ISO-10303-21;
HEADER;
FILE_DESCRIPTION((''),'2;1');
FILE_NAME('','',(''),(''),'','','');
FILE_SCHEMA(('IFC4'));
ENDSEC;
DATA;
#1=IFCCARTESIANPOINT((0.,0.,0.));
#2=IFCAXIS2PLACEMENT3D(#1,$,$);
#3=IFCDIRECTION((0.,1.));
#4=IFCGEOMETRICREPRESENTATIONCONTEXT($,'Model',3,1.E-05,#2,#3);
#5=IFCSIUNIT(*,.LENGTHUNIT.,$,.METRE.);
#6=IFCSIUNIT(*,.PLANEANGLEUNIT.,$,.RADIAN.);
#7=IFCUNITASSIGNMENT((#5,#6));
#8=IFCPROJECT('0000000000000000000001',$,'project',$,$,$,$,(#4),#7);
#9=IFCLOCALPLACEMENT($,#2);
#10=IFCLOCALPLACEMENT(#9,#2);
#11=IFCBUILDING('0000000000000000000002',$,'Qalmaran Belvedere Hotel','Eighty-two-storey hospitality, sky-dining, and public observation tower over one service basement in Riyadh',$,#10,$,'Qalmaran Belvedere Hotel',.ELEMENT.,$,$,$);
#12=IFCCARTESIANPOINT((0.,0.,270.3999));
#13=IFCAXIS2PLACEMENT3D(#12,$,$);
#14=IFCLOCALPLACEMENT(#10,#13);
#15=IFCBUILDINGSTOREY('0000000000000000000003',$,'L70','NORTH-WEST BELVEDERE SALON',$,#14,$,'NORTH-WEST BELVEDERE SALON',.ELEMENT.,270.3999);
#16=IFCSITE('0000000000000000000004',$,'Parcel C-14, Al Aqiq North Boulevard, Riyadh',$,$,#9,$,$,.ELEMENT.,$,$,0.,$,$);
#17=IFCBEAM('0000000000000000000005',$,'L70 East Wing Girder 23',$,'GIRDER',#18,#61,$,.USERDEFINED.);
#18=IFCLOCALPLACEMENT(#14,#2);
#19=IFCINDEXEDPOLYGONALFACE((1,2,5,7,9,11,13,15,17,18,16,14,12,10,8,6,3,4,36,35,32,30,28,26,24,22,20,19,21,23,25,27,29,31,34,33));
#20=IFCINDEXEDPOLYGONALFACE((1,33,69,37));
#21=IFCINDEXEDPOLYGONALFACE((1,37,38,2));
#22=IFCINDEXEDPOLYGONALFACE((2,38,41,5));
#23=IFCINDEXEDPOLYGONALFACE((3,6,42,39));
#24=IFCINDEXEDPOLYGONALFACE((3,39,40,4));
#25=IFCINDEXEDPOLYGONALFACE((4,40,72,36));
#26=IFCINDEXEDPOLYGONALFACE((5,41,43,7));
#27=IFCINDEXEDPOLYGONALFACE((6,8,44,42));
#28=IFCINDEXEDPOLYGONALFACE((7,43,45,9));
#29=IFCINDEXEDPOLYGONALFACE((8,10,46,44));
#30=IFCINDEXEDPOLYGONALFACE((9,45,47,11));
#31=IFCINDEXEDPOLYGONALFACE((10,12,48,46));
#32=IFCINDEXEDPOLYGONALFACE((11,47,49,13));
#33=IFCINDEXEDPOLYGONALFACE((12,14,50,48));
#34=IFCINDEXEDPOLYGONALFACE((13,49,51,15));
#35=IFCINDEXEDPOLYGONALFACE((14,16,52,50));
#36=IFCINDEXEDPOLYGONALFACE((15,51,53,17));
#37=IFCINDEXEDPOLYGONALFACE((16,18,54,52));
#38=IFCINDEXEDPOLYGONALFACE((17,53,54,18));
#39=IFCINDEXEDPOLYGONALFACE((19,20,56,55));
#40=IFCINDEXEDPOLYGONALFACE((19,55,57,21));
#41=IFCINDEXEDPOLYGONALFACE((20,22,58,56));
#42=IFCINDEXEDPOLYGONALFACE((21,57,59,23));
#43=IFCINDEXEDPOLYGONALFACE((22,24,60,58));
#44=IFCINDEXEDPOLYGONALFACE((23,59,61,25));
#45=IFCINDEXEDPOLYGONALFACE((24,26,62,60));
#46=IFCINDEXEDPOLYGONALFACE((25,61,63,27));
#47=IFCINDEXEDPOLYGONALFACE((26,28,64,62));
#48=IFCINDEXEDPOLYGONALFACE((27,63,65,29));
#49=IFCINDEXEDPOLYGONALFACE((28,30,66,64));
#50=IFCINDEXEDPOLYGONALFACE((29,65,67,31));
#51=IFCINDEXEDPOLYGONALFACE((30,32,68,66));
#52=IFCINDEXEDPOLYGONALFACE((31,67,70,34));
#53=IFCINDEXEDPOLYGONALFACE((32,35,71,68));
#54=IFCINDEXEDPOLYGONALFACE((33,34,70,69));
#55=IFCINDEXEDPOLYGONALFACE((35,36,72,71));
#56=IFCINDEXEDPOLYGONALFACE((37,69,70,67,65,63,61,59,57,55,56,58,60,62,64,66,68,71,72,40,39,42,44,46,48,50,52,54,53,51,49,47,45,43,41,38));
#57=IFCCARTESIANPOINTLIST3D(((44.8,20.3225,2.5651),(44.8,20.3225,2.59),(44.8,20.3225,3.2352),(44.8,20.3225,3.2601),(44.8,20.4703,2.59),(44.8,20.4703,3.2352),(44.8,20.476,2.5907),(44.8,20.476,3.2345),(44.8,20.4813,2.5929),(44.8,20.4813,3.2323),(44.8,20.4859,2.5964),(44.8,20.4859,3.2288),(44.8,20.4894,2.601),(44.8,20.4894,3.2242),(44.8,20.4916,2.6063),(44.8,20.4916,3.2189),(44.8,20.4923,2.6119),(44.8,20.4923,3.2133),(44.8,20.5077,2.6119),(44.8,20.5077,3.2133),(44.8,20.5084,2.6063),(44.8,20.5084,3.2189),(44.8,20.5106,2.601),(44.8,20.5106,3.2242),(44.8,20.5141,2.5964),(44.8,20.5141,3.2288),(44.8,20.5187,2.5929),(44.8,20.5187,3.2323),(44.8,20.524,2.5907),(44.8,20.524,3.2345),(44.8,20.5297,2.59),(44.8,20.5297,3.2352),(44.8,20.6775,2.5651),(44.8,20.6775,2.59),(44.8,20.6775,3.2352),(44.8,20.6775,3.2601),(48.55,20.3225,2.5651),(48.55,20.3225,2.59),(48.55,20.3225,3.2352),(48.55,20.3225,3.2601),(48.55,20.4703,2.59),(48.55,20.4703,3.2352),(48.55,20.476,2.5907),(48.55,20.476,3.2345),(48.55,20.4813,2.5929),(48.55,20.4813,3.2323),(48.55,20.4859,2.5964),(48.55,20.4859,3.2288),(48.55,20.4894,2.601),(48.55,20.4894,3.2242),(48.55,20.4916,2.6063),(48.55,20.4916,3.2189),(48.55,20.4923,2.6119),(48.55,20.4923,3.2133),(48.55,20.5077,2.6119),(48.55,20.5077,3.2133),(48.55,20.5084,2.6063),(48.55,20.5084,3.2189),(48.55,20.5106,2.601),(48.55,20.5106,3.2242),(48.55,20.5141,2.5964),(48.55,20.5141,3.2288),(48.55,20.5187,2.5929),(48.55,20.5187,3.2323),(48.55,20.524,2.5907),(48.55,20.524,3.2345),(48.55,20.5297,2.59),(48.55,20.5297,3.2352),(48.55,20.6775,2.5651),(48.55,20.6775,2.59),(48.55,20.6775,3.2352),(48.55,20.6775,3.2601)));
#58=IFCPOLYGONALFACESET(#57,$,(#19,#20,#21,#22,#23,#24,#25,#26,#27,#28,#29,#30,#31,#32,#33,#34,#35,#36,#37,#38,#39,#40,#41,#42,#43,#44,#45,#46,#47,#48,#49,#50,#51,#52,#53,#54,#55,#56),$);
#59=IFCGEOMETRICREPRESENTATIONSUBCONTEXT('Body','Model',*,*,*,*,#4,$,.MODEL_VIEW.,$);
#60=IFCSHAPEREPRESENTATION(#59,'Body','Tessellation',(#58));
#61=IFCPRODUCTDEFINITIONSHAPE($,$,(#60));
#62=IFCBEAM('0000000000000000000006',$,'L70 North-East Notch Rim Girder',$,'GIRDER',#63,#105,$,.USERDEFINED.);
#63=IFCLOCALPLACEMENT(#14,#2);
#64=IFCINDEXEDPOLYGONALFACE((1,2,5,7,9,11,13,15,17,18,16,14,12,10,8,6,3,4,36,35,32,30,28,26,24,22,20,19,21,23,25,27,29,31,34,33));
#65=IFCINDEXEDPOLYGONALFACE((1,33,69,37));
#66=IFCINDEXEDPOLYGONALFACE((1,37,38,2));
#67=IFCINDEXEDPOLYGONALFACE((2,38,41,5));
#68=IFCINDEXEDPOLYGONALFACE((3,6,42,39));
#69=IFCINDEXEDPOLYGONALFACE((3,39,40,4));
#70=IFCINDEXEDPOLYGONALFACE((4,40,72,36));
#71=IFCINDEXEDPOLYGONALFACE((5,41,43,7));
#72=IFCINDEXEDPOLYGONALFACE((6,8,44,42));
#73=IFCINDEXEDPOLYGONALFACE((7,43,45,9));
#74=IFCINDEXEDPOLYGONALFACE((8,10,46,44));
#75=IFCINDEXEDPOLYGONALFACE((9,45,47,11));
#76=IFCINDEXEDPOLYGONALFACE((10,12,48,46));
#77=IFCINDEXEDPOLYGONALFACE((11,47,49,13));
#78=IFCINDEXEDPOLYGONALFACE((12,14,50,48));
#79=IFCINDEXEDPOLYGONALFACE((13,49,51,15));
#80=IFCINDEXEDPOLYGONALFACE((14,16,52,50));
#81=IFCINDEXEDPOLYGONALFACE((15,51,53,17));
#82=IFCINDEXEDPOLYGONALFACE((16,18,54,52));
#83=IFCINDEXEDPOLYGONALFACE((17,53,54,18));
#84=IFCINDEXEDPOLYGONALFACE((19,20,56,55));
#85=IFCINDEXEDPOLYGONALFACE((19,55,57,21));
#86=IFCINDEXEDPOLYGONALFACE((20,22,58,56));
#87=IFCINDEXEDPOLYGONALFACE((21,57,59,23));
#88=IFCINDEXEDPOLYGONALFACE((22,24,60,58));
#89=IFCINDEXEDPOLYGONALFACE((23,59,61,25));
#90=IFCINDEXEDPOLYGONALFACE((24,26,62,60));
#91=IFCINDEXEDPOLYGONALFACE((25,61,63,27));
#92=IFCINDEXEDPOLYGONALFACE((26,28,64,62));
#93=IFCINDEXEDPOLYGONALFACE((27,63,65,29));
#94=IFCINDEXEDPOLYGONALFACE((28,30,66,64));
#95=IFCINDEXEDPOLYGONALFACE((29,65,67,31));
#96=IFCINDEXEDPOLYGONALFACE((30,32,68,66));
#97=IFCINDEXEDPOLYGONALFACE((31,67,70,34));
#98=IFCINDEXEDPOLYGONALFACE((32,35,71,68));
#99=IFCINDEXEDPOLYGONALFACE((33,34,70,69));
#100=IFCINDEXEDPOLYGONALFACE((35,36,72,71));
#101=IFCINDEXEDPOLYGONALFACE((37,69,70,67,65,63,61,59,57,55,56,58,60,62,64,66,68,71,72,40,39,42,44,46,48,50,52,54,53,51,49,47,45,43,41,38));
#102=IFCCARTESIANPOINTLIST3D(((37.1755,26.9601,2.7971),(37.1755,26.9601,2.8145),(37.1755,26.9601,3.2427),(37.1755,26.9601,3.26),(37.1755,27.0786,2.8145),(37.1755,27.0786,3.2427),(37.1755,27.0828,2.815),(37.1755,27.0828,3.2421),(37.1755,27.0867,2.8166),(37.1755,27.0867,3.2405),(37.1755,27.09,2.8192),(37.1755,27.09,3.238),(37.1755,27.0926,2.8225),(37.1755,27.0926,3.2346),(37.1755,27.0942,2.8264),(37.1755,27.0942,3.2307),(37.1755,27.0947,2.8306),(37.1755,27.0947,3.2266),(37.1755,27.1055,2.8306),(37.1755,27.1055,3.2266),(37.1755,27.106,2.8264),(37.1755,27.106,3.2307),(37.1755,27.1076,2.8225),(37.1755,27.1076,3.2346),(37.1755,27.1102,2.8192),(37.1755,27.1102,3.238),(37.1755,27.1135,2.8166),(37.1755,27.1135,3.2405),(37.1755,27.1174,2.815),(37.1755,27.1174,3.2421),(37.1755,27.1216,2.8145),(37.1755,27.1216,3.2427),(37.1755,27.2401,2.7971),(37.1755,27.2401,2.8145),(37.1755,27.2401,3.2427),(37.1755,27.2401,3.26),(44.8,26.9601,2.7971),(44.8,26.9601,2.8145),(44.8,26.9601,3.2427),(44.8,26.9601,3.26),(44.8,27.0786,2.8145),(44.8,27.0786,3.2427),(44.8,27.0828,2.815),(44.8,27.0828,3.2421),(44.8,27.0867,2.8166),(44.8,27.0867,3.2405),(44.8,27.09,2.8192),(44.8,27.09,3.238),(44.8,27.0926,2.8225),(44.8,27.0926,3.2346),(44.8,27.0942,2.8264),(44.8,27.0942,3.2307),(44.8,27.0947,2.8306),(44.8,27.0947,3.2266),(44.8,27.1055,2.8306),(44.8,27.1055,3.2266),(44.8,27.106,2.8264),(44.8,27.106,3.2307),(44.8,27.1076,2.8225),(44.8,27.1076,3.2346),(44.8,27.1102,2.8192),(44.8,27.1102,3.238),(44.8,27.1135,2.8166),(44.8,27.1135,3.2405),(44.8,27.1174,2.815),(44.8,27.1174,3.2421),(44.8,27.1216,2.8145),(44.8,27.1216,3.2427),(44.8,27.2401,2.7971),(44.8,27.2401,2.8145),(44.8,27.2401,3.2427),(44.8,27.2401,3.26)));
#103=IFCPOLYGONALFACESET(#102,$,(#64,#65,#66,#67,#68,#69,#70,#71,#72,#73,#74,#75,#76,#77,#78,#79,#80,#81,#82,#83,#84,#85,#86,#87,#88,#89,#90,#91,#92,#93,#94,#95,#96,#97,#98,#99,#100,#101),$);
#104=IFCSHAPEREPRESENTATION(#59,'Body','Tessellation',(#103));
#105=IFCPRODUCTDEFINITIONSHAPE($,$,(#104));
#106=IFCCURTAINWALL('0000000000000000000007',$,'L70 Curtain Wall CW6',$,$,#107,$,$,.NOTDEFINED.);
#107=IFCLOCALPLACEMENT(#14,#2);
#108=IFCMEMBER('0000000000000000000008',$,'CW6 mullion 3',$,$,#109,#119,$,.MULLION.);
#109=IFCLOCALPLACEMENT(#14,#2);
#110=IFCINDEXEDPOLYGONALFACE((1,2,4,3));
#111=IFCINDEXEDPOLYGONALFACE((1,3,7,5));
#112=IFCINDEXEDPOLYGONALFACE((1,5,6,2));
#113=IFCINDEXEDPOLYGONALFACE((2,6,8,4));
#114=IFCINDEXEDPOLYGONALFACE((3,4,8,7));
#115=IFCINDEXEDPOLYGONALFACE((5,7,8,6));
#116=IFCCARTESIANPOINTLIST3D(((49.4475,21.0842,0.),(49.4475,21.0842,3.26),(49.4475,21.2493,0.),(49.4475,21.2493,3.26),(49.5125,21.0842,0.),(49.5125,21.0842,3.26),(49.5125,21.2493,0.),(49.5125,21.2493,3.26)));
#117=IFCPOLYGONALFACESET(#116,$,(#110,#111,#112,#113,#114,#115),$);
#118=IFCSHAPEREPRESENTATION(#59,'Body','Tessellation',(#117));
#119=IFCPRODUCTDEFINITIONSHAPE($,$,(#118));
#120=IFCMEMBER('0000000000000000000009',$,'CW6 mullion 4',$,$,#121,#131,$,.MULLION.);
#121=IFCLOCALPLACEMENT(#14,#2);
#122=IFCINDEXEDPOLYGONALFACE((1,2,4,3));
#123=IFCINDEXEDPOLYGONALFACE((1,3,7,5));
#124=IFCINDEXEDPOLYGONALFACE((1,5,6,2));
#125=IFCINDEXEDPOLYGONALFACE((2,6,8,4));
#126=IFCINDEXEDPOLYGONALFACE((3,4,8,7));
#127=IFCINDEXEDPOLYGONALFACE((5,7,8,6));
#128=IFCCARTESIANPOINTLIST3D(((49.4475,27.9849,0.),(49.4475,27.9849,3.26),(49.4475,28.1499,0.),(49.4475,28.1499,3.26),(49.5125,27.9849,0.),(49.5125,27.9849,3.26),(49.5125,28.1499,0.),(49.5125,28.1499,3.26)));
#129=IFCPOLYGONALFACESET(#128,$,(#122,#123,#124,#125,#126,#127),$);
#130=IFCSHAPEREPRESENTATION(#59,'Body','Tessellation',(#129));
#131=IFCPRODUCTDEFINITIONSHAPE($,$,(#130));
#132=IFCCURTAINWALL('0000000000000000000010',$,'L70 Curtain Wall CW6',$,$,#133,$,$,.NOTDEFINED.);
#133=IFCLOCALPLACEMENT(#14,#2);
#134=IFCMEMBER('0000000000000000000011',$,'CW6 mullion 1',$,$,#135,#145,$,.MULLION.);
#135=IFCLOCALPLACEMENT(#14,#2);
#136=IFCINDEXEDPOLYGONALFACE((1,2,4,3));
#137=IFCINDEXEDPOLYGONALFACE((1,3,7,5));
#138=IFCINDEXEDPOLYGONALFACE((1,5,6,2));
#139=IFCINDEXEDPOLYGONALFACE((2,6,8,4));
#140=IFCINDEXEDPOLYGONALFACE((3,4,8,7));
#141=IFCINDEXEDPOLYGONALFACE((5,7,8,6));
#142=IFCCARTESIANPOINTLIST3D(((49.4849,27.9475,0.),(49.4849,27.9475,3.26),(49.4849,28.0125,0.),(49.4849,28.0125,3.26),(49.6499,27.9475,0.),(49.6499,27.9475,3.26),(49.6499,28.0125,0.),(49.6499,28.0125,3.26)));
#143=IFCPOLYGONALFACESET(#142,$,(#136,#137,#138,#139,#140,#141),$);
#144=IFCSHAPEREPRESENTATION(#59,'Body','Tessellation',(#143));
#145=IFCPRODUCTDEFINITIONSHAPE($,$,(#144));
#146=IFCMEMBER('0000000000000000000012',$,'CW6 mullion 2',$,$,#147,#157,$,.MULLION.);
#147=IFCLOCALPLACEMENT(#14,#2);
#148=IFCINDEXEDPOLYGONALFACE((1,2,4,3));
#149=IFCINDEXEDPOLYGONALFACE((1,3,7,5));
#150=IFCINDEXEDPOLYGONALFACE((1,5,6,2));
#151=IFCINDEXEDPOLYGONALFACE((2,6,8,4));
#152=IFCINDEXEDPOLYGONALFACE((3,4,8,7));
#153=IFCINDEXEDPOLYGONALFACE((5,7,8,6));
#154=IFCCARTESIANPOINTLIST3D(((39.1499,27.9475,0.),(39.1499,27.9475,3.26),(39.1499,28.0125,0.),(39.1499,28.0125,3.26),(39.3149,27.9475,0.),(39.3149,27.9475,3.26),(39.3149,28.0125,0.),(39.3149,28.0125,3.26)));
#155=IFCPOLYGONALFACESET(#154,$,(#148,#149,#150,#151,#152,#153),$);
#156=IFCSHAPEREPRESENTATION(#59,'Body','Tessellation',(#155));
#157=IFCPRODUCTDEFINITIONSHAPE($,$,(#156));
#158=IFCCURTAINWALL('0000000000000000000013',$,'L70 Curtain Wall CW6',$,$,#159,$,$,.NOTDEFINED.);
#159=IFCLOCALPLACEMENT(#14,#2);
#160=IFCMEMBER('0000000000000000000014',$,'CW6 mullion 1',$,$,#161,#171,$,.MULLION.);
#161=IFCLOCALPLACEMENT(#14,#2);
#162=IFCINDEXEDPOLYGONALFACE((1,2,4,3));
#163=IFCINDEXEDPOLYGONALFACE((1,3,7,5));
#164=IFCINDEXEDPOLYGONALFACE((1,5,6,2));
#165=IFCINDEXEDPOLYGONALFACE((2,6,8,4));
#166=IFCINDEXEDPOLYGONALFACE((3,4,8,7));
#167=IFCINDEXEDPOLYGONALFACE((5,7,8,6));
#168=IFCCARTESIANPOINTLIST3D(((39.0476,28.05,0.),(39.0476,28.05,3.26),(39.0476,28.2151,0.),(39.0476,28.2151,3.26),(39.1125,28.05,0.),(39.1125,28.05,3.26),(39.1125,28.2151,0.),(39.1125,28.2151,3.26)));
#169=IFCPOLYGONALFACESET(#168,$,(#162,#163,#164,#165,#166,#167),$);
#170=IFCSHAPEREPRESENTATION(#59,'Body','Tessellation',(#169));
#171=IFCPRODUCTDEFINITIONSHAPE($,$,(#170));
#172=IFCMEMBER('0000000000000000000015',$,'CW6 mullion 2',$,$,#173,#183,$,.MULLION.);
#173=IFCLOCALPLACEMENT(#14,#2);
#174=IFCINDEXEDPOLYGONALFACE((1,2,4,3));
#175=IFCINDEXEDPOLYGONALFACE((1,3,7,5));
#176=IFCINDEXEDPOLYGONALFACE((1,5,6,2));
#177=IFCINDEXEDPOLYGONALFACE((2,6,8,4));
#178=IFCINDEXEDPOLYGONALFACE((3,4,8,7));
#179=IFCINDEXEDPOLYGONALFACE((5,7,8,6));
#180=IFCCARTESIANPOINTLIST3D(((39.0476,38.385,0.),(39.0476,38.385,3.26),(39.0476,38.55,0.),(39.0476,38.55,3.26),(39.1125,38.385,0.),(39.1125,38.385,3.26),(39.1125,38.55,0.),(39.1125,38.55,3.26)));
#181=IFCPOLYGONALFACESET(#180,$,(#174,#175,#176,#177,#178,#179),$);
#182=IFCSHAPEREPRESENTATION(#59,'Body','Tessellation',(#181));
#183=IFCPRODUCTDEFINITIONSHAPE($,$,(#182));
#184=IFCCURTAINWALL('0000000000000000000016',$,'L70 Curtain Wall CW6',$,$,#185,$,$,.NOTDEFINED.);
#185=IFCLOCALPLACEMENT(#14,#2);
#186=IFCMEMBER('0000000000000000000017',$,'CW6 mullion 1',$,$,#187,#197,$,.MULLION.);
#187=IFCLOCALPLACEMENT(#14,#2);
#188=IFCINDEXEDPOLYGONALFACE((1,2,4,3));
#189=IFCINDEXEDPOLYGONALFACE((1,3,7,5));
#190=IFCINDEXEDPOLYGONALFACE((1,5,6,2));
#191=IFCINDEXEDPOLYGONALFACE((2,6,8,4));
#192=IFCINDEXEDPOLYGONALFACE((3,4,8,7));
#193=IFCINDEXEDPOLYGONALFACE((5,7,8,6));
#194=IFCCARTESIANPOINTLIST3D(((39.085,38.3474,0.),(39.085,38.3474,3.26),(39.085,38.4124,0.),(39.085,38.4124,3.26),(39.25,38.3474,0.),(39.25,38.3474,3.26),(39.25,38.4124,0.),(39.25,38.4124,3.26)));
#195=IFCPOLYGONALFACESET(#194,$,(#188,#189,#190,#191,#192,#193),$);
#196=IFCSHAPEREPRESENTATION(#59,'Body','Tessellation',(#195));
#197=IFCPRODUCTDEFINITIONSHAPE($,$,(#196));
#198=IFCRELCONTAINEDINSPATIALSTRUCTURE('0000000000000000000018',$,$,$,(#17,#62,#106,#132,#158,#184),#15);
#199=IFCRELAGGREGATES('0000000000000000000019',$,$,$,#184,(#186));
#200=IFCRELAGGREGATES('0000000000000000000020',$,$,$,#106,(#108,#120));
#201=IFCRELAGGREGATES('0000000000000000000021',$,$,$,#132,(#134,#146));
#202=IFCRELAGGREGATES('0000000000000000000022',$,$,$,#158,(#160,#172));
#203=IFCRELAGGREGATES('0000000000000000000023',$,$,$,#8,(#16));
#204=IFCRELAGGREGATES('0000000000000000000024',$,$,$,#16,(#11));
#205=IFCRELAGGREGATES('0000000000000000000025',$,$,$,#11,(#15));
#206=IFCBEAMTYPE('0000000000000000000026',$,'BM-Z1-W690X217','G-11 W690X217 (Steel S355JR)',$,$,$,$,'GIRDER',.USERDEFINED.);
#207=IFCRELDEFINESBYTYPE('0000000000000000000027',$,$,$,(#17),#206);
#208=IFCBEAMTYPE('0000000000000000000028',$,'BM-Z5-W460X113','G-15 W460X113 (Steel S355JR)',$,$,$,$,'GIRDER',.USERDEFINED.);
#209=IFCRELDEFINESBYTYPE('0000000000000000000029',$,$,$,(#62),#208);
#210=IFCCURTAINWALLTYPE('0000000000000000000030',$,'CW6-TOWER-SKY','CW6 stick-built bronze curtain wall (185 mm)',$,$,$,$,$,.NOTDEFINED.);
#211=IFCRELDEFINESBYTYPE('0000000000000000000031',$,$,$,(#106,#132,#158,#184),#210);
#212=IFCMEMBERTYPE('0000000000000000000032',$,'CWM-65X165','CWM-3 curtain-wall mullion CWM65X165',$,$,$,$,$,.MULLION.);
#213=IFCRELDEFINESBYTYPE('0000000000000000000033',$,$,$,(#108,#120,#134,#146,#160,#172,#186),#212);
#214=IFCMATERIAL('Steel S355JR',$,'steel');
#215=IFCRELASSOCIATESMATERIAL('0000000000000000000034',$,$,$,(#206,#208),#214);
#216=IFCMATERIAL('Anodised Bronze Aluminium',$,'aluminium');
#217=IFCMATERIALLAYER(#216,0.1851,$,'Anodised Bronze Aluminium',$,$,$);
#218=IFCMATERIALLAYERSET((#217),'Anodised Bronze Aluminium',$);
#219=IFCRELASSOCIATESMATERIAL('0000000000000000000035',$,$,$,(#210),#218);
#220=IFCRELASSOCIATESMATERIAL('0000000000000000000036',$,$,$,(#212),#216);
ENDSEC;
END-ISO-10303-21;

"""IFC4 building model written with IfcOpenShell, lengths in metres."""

from ifc_helpers import new_model, si_unit, direction, frame, origin, origin_2d, place, context, subcontext, project, spatial, rectangle, i_section, extrude, material, layer, layer_set, material_profile, profile_set, type_object, element, aggregate, save


model = new_model("IFC4")

# Units and contexts
model_context = context("Model", 3, precision=1e-05, world=origin(), true_north=direction((0.0, 1.0)))
body_context = subcontext(model_context, "Body", "Model", "MODEL_VIEW")
ifc_project = project(units=[si_unit("LENGTHUNIT", "METRE"), si_unit("PLANEANGLEUNIT", "RADIAN")], contexts=[model_context])

# Site, building, storey
site_placement = place(None, origin())
site = spatial("IfcSite", under=ifc_project, at=site_placement, Name="Parcel C-14, Al Aqiq North Boulevard, Riyadh", CompositionType="ELEMENT", RefElevation=0.0)
building_placement = place(site_placement, origin())
building = spatial("IfcBuilding", under=site, at=building_placement, Name="Qalmaran Belvedere Hotel", Description="Eighty-two-storey hospitality, sky-dining, and public observation tower over one service basement in Riyadh", LongName="Qalmaran Belvedere Hotel", CompositionType="ELEMENT")
storey_placement = place(building_placement, frame((0.0, 0.0, 270.3999)))
storey = spatial("IfcBuildingStorey", under=building, at=storey_placement, Name="L70", Description="NORTH-WEST BELVEDERE SALON", LongName="NORTH-WEST BELVEDERE SALON", CompositionType="ELEMENT", Elevation=270.3999)

# Beams
ifc_material_1 = material(Name="Steel S355JR", Category="steel")
ifc_material_profile_1 = material_profile(ifc_material_1, i_section(OverallWidth=0.355, OverallDepth=0.6951, WebThickness=0.0154, FlangeThickness=0.0249, FilletRadius=0.022, at=origin_2d()), Name="W690X217")
ifc_profile_set_1 = profile_set([ifc_material_profile_1], Name="Steel S355JR")
beam_type_1 = type_object("IfcBeamType", Name="BM-Z1-W690X217", Description="G-11 W690X217 (Steel S355JR)", ElementType="GIRDER", PredefinedType="USERDEFINED", material=ifc_profile_set_1)
beam_1_placement = place(storey_placement, frame((44.8, 20.5, 2.9126), z_axis=(1.0, 0.0, 0.0), x_axis=(0.0, 1.0, 0.0)))
element("IfcBeam", 1, at=beam_1_placement, inside=storey, type_object=beam_type_1, Name="L70 East Wing Girder 23", ObjectType="GIRDER", PredefinedType="USERDEFINED", context=body_context, shape_type="SweptSolid", body=[
    extrude(i_section(OverallWidth=0.355, OverallDepth=0.6951, WebThickness=0.0154, FlangeThickness=0.0249, FilletRadius=0.022, at=origin_2d()), origin(), (0.0, 0.0, 1.0), 3.75),
])
ifc_material_profile_2 = material_profile(ifc_material_1, i_section(OverallWidth=0.28, OverallDepth=0.4629, WebThickness=0.0107, FlangeThickness=0.0173, FilletRadius=0.0161, at=origin_2d()), Name="W460X113")
ifc_profile_set_2 = profile_set([ifc_material_profile_2], Name="Steel S355JR")
beam_type_2 = type_object("IfcBeamType", Name="BM-Z5-W460X113", Description="G-15 W460X113 (Steel S355JR)", ElementType="GIRDER", PredefinedType="USERDEFINED", material=ifc_profile_set_2)
beam_2_placement = place(storey_placement, frame((37.1755, 27.1001, 3.0286), z_axis=(1.0, 0.0, 0.0), x_axis=(0.0, 1.0, 0.0)))
element("IfcBeam", 2, at=beam_2_placement, inside=storey, type_object=beam_type_2, Name="L70 North-East Notch Rim Girder", ObjectType="GIRDER", PredefinedType="USERDEFINED", context=body_context, shape_type="SweptSolid", body=[
    extrude(i_section(OverallWidth=0.28, OverallDepth=0.4629, WebThickness=0.0107, FlangeThickness=0.0173, FilletRadius=0.0161, at=origin_2d()), origin(), (0.0, 0.0, 1.0), 7.6245),
])

# Curtain walls, members
ifc_material_2 = material(Name="Anodised Bronze Aluminium", Category="aluminium")
ifc_layer_1 = layer(ifc_material_2, 0.1851, Name="Anodised Bronze Aluminium")
ifc_layer_set_1 = layer_set([ifc_layer_1], Name="Anodised Bronze Aluminium")
curtain_wall_type = type_object("IfcCurtainWallType", Name="CW6-TOWER-SKY", Description="CW6 stick-built bronze curtain wall (185 mm)", PredefinedType="NOTDEFINED", material=ifc_layer_set_1)
curtain_wall_1_placement = place(storey_placement, origin())
curtain_wall_1 = element("IfcCurtainWall", 3, at=curtain_wall_1_placement, inside=storey, type_object=curtain_wall_type, Name="L70 Curtain Wall CW6", PredefinedType="NOTDEFINED")
ifc_material_profile_3 = material_profile(ifc_material_2, rectangle(XDim=0.0649, YDim=0.165, at=origin_2d()), Name="CWM65X165")
ifc_profile_set_3 = profile_set([ifc_material_profile_3], Name="Anodised Bronze Aluminium")
member_type_1 = type_object("IfcMemberType", Name="CWM-65X165", Description="CWM-3 curtain-wall mullion CWM65X165", PredefinedType="MULLION", material=ifc_profile_set_3)
member_1_placement = place(storey_placement, frame((49.48, 21.1667, 0.0), z_axis=(0.0, 0.0, 1.0), x_axis=(-1.0, 0.0, 0.0)))
member_1 = element("IfcMember", 4, at=member_1_placement, type_object=member_type_1, Name="CW6 mullion 3", PredefinedType="MULLION", context=body_context, shape_type="SweptSolid", body=[
    extrude(rectangle(XDim=0.0649, YDim=0.165, at=origin_2d()), origin(), (0.0, 0.0, 1.0), 3.26),
])
member_2_placement = place(storey_placement, frame((49.48, 28.0674, 0.0), z_axis=(0.0, 0.0, 1.0), x_axis=(-1.0, 0.0, 0.0)))
member_2 = element("IfcMember", 5, at=member_2_placement, type_object=member_type_1, Name="CW6 mullion 4", PredefinedType="MULLION", context=body_context, shape_type="SweptSolid", body=[
    extrude(rectangle(XDim=0.0649, YDim=0.165, at=origin_2d()), origin(), (0.0, 0.0, 1.0), 3.26),
])
curtain_wall_2_placement = place(storey_placement, origin())
curtain_wall_2 = element("IfcCurtainWall", 6, at=curtain_wall_2_placement, inside=storey, type_object=curtain_wall_type, Name="L70 Curtain Wall CW6", PredefinedType="NOTDEFINED")
member_3_placement = place(storey_placement, frame((49.5674, 27.98, 0.0), z_axis=(0.0, 0.0, 1.0), x_axis=(0.0, -1.0, 0.0)))
member_3 = element("IfcMember", 7, at=member_3_placement, type_object=member_type_1, Name="CW6 mullion 1", PredefinedType="MULLION", context=body_context, shape_type="SweptSolid", body=[
    extrude(rectangle(XDim=0.0649, YDim=0.165, at=origin_2d()), origin(), (0.0, 0.0, 1.0), 3.26),
])
member_4_placement = place(storey_placement, frame((39.2324, 27.98, 0.0), z_axis=(0.0, 0.0, 1.0), x_axis=(0.0, -1.0, 0.0)))
member_4 = element("IfcMember", 8, at=member_4_placement, type_object=member_type_1, Name="CW6 mullion 2", PredefinedType="MULLION", context=body_context, shape_type="SweptSolid", body=[
    extrude(rectangle(XDim=0.0649, YDim=0.165, at=origin_2d()), origin(), (0.0, 0.0, 1.0), 3.26),
])
curtain_wall_3_placement = place(storey_placement, origin())
curtain_wall_3 = element("IfcCurtainWall", 9, at=curtain_wall_3_placement, inside=storey, type_object=curtain_wall_type, Name="L70 Curtain Wall CW6", PredefinedType="NOTDEFINED")
member_5_placement = place(storey_placement, frame((39.0801, 28.1326, 0.0), z_axis=(0.0, 0.0, 1.0), x_axis=(-1.0, 0.0, 0.0)))
member_5 = element("IfcMember", 10, at=member_5_placement, type_object=member_type_1, Name="CW6 mullion 1", PredefinedType="MULLION", context=body_context, shape_type="SweptSolid", body=[
    extrude(rectangle(XDim=0.0649, YDim=0.165, at=origin_2d()), origin(), (0.0, 0.0, 1.0), 3.26),
])
member_6_placement = place(storey_placement, frame((39.0801, 38.4675, 0.0), z_axis=(0.0, 0.0, 1.0), x_axis=(-1.0, 0.0, 0.0)))
member_6 = element("IfcMember", 11, at=member_6_placement, type_object=member_type_1, Name="CW6 mullion 2", PredefinedType="MULLION", context=body_context, shape_type="SweptSolid", body=[
    extrude(rectangle(XDim=0.0649, YDim=0.165, at=origin_2d()), origin(), (0.0, 0.0, 1.0), 3.26),
])

# Curtain wall, member
curtain_wall_4_placement = place(storey_placement, origin())
curtain_wall_4 = element("IfcCurtainWall", 12, at=curtain_wall_4_placement, inside=storey, type_object=curtain_wall_type, Name="L70 Curtain Wall CW6", PredefinedType="NOTDEFINED")
member_7_placement = place(storey_placement, frame((39.1675, 38.3799, 0.0), z_axis=(0.0, 0.0, 1.0), x_axis=(0.0, -1.0, 0.0)))
member_7 = element("IfcMember", 13, at=member_7_placement, type_object=member_type_1, Name="CW6 mullion 1", PredefinedType="MULLION", context=body_context, shape_type="SweptSolid", body=[
    extrude(rectangle(XDim=0.0649, YDim=0.165, at=origin_2d()), origin(), (0.0, 0.0, 1.0), 3.26),
])

aggregate(curtain_wall_4, [member_7])

aggregate(curtain_wall_1, [member_1, member_2])
aggregate(curtain_wall_2, [member_3, member_4])
aggregate(curtain_wall_3, [member_5, member_6])

save(model, "model.ifc")
